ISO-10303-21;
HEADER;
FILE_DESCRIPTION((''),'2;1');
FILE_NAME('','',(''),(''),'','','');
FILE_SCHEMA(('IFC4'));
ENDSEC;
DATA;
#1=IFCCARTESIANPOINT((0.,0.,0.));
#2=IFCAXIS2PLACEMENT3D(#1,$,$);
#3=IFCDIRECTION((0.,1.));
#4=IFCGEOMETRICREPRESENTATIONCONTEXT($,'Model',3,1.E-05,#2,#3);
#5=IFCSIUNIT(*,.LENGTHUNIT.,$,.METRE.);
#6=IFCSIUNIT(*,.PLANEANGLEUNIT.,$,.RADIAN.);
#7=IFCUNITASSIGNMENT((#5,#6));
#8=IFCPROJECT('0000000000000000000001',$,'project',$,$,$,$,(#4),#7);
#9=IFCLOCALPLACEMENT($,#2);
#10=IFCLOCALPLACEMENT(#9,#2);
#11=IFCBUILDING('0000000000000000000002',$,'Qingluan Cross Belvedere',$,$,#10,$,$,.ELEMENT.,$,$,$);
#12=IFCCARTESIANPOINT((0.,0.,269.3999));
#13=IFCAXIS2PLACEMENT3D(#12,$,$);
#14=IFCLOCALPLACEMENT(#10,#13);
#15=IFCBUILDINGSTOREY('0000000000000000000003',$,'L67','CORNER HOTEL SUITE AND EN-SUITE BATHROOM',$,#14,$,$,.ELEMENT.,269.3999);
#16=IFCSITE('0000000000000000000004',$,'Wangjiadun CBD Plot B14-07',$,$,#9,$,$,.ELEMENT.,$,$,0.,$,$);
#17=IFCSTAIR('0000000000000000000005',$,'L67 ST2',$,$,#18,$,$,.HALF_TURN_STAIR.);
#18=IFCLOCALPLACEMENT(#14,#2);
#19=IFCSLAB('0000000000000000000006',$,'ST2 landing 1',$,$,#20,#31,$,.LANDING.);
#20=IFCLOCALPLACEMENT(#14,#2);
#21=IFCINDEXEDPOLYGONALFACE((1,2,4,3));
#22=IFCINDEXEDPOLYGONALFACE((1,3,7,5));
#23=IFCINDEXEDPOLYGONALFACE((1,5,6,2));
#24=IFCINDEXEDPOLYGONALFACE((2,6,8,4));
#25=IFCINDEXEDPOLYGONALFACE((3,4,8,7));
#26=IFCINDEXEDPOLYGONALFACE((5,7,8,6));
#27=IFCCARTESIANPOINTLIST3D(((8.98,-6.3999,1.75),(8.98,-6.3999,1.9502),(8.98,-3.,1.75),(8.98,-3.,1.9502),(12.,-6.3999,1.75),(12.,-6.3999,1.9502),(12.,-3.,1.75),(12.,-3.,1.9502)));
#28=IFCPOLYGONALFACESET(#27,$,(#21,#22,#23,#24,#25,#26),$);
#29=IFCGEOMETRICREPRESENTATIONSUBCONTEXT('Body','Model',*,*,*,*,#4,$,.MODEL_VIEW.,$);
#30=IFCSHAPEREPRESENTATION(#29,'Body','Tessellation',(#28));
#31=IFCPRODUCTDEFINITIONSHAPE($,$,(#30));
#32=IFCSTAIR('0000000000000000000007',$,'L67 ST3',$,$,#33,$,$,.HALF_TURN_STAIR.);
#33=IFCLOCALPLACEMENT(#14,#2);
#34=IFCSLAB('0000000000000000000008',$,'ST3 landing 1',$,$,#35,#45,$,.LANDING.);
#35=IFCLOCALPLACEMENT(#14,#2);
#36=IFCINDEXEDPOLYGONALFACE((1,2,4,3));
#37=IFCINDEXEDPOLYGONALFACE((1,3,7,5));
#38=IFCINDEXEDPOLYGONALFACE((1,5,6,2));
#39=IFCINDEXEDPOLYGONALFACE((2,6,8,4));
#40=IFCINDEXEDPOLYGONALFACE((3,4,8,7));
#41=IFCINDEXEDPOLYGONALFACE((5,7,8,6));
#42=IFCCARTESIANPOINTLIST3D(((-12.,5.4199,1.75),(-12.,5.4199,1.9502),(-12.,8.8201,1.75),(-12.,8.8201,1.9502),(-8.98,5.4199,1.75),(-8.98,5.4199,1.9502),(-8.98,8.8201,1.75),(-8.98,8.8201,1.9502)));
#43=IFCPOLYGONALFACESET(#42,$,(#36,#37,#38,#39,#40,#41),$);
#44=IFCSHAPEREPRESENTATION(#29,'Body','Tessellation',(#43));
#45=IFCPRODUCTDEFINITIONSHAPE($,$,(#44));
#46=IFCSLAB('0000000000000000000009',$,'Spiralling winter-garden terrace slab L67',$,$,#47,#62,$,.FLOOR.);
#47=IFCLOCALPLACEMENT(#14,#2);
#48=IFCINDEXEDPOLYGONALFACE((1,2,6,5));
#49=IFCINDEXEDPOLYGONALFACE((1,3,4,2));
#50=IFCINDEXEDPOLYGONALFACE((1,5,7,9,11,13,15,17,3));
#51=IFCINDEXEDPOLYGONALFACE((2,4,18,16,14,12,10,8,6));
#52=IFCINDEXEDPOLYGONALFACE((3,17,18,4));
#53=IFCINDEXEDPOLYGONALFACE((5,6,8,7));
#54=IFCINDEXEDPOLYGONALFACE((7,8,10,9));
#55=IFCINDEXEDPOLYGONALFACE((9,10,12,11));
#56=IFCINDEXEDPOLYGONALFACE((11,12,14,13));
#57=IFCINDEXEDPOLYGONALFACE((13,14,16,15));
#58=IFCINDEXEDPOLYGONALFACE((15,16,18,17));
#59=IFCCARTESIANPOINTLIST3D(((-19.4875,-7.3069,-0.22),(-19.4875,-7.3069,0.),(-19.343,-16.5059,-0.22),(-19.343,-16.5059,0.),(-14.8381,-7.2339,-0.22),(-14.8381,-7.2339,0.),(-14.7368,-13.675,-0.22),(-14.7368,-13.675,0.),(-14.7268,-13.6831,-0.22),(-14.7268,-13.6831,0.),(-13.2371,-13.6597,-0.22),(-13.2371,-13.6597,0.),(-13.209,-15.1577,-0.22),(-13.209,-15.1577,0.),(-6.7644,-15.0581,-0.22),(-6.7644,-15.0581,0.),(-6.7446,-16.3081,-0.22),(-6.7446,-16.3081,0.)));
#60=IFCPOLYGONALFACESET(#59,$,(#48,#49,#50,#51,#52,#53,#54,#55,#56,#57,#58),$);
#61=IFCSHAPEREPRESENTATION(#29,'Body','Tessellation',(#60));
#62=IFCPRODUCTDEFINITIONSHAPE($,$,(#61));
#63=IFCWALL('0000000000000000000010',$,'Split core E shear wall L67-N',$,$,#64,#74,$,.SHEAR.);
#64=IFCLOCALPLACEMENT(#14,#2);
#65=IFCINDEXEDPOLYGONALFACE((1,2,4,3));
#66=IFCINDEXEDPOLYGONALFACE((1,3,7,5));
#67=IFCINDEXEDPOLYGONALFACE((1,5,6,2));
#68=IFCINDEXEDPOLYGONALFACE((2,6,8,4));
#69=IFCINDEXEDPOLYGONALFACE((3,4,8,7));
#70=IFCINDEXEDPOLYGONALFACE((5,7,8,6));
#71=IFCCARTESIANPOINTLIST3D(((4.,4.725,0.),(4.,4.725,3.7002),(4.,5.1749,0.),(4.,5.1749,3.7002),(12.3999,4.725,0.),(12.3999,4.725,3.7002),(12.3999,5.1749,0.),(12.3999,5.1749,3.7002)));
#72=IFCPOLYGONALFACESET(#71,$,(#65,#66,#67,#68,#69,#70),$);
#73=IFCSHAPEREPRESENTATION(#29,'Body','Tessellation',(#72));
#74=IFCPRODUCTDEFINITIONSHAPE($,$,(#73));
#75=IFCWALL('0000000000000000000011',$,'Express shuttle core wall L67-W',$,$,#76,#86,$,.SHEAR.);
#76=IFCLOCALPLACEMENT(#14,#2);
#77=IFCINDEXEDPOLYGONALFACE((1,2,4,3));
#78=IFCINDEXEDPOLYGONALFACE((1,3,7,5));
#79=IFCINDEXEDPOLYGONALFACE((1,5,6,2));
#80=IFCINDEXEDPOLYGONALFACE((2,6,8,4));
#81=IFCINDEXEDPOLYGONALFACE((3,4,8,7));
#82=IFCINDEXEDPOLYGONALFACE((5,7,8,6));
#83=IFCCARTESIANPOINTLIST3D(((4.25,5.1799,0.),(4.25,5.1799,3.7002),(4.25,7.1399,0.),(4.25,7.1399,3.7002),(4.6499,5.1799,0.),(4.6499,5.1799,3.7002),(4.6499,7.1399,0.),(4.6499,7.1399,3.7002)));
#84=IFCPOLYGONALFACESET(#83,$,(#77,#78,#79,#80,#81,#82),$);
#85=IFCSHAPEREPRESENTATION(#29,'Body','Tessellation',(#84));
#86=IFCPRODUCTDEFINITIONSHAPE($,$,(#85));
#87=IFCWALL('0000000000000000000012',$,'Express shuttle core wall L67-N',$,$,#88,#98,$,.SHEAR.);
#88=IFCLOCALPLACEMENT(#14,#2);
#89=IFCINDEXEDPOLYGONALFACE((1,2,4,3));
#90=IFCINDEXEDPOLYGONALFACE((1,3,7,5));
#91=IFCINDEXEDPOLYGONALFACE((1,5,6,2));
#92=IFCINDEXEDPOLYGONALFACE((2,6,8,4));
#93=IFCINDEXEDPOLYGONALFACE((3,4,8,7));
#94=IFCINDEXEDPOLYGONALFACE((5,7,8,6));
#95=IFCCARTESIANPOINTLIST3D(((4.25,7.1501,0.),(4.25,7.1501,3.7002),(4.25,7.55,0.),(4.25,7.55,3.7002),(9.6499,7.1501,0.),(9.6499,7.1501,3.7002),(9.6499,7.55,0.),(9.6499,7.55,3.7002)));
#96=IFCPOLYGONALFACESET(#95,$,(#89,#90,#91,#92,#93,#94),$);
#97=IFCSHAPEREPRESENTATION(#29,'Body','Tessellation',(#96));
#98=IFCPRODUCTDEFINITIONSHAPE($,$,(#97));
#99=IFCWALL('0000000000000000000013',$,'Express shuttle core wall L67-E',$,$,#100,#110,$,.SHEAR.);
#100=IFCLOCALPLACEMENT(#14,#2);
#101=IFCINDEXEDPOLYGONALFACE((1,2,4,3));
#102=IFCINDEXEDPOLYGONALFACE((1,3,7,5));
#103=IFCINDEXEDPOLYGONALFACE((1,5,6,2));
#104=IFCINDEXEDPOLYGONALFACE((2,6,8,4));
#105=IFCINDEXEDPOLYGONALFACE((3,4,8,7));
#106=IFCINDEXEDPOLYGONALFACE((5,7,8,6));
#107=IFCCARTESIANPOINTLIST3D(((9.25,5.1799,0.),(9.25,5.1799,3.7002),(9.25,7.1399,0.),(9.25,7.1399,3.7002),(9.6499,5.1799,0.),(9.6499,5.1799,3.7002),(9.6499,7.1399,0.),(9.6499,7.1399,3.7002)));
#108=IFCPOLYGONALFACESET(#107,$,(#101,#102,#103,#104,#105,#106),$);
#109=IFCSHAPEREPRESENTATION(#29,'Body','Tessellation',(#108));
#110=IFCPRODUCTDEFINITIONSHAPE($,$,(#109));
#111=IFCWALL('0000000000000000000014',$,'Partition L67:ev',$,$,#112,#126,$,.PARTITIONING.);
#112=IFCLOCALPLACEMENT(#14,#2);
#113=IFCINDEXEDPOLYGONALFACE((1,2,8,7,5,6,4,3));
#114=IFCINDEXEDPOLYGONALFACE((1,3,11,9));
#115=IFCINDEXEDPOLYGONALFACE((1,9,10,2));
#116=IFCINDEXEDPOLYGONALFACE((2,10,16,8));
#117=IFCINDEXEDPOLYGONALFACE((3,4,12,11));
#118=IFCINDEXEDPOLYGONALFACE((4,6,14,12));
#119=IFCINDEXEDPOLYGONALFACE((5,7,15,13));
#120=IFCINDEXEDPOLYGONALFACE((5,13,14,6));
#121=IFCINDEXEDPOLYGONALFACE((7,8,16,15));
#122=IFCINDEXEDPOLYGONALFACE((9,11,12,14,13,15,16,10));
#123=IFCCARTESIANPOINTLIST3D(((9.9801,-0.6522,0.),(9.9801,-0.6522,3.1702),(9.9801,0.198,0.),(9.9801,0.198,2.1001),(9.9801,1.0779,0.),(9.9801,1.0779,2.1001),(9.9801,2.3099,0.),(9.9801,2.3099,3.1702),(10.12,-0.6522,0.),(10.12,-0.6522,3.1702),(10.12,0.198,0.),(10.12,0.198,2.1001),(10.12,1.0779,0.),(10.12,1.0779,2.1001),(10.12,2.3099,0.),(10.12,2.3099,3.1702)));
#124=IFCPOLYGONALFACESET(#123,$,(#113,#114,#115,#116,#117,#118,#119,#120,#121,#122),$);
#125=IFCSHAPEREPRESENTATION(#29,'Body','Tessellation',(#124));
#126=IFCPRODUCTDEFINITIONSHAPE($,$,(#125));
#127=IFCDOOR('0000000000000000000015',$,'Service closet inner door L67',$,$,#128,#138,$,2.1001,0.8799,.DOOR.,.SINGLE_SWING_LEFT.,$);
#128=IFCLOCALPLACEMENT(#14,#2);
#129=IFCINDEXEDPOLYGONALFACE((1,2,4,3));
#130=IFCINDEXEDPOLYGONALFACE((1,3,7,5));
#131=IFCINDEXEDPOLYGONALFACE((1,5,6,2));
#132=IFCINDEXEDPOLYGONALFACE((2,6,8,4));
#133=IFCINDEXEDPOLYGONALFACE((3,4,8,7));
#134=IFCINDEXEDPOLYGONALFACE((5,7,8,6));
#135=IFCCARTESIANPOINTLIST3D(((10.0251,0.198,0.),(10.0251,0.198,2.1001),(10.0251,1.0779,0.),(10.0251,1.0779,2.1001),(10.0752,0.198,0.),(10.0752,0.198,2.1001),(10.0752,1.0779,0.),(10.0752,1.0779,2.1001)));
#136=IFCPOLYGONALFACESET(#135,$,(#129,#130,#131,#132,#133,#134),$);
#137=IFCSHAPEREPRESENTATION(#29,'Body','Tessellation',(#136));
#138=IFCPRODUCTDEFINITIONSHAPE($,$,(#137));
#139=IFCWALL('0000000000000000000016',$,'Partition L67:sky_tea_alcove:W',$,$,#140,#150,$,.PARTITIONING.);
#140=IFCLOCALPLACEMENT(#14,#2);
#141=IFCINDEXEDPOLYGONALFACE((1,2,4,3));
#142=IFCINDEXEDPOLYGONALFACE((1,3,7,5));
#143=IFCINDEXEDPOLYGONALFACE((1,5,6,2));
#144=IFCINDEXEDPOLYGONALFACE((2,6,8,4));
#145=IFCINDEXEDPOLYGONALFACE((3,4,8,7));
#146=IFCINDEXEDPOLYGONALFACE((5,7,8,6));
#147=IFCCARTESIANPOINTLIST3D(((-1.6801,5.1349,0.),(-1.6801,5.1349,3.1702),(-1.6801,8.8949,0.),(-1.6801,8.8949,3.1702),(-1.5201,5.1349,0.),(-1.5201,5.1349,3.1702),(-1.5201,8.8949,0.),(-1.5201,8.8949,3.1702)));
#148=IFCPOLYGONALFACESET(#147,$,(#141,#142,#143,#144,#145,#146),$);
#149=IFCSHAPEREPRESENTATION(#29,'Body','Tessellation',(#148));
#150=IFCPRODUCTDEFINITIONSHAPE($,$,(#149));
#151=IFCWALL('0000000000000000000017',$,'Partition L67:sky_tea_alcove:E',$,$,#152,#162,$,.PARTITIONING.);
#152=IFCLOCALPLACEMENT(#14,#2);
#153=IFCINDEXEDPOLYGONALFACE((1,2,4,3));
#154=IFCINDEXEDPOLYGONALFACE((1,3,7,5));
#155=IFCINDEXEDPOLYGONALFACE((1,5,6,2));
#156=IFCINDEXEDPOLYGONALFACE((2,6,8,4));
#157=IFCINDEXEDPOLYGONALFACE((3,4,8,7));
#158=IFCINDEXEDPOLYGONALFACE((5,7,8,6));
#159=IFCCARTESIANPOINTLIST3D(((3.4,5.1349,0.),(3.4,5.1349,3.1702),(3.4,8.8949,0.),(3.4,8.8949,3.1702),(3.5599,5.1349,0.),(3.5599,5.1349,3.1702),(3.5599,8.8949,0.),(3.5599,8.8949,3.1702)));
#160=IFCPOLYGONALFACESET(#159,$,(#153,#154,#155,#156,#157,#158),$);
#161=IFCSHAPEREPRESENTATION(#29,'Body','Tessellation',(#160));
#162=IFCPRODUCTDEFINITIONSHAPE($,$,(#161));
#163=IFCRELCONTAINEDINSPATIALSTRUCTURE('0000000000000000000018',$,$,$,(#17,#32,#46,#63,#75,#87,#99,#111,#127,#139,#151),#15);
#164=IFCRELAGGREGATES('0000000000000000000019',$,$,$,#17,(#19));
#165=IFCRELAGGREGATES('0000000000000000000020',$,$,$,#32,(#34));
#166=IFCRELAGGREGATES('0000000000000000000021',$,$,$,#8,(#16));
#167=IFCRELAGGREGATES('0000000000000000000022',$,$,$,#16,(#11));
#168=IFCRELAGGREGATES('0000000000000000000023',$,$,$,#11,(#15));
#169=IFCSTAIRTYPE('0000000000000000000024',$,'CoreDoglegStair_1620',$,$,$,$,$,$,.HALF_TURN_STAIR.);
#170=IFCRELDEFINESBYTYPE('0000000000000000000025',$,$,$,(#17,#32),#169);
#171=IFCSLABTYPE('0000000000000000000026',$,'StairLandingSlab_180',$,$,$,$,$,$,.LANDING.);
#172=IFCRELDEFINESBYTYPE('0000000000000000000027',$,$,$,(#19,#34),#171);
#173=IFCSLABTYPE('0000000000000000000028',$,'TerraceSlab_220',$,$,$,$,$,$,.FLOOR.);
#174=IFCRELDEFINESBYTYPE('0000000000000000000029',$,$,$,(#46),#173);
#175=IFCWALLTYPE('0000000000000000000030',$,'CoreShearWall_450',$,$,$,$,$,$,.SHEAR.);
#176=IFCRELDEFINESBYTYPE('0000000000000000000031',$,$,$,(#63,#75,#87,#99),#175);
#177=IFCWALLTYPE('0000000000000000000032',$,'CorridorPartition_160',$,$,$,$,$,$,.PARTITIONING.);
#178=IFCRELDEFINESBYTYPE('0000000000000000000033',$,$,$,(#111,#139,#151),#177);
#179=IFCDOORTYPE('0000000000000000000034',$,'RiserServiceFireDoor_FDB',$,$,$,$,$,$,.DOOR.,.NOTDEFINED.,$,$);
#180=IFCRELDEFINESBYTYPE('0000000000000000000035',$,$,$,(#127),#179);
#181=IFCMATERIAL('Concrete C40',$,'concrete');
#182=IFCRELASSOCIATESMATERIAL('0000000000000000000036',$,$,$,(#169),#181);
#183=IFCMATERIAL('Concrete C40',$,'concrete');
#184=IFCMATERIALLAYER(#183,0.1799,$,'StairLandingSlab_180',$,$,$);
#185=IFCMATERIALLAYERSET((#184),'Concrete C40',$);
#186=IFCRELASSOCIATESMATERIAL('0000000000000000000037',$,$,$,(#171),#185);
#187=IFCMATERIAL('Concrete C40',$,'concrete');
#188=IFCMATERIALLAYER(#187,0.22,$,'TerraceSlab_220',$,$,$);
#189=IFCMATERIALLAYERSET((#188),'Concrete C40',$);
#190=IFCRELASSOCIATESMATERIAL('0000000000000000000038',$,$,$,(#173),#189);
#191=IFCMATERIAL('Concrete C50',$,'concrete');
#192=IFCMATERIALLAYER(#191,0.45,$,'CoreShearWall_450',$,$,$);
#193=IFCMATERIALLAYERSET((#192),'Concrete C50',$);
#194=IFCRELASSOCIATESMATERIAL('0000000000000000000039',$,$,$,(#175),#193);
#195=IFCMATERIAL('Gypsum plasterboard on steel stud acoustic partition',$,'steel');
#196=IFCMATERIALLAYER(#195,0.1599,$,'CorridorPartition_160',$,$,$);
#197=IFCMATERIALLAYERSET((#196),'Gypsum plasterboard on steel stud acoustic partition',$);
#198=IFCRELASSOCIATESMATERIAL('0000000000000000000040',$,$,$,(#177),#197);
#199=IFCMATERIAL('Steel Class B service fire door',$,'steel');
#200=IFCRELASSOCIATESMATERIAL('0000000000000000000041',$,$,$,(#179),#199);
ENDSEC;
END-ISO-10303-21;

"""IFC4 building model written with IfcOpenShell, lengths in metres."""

from ifc_helpers import new_model, si_unit, direction, frame, frame_2d, origin, place, context, subcontext, project, spatial, polyline, rectangle, outline, extrude, material, layer, layer_set, type_object, element, fill, aggregate, save


model = new_model("IFC4")

# Units and contexts
model_context = context("Model", 3, precision=1e-05, world=origin(), true_north=direction((0.0, 1.0)))
body_context = subcontext(model_context, "Body", "Model", "MODEL_VIEW")
ifc_project = project(units=[si_unit("LENGTHUNIT", "METRE"), si_unit("PLANEANGLEUNIT", "RADIAN")], contexts=[model_context])

# Site, building, storey
site_placement = place(None, origin())
site = spatial("IfcSite", under=ifc_project, at=site_placement, Name="Wangjiadun CBD Plot B14-07", CompositionType="ELEMENT", RefElevation=0.0)
building_placement = place(site_placement, origin())
building = spatial("IfcBuilding", under=site, at=building_placement, Name="Qingluan Cross Belvedere", CompositionType="ELEMENT")
storey_placement = place(building_placement, frame((0.0, 0.0, 269.3999)))
storey = spatial("IfcBuildingStorey", under=building, at=storey_placement, Name="L67", Description="CORNER HOTEL SUITE AND EN-SUITE BATHROOM", CompositionType="ELEMENT", Elevation=269.3999)

# Stairs, slabs
ifc_material_1 = material(Name="Concrete C40", Category="concrete")
stair_type = type_object("IfcStairType", Name="CoreDoglegStair_1620", PredefinedType="HALF_TURN_STAIR", material=ifc_material_1)
ifc_material_2 = material(Name="Concrete C40", Category="concrete")
ifc_layer_1 = layer(ifc_material_2, 0.1799, Name="StairLandingSlab_180")
ifc_layer_set_1 = layer_set([ifc_layer_1], Name="Concrete C40")
slab_type_1 = type_object("IfcSlabType", Name="StairLandingSlab_180", PredefinedType="LANDING", material=ifc_layer_set_1)
stair_1_placement = place(storey_placement, origin())
stair_1 = element("IfcStair", 1, at=stair_1_placement, inside=storey, type_object=stair_type, Name="L67 ST2", PredefinedType="HALF_TURN_STAIR")
slab_1_placement = place(storey_placement, frame((0.0, 0.0, 1.75)))
slab_1 = element("IfcSlab", 2, at=slab_1_placement, type_object=slab_type_1, Name="ST2 landing 1", PredefinedType="LANDING", context=body_context, shape_type="SweptSolid", body=[
    extrude(outline(polyline([(8.98, -6.3999), (12.0, -6.3999), (12.0, -3.0), (8.98, -3.0), (8.98, -6.3999)])), origin(), (0.0, 0.0, 1.0), 0.2002),
])
aggregate(stair_1, [slab_1])
stair_2_placement = place(storey_placement, origin())
stair_2 = element("IfcStair", 3, at=stair_2_placement, inside=storey, type_object=stair_type, Name="L67 ST3", PredefinedType="HALF_TURN_STAIR")
slab_2_placement = place(storey_placement, frame((0.0, 0.0, 1.75)))
slab_2 = element("IfcSlab", 4, at=slab_2_placement, type_object=slab_type_1, Name="ST3 landing 1", PredefinedType="LANDING", context=body_context, shape_type="SweptSolid", body=[
    extrude(outline(polyline([(-8.98, 8.8201), (-12.0, 8.8201), (-12.0, 5.4199), (-8.98, 5.4199), (-8.98, 8.8201)])), origin(), (0.0, 0.0, 1.0), 0.2002),
])
aggregate(stair_2, [slab_2])

# Slab
ifc_material_3 = material(Name="Concrete C40", Category="concrete")
ifc_layer_2 = layer(ifc_material_3, 0.22, Name="TerraceSlab_220")
ifc_layer_set_2 = layer_set([ifc_layer_2], Name="Concrete C40")
slab_type_2 = type_object("IfcSlabType", Name="TerraceSlab_220", PredefinedType="FLOOR", material=ifc_layer_set_2)
slab_3_placement = place(storey_placement, frame((0.0, 0.0, -0.22)))
element("IfcSlab", 5, at=slab_3_placement, inside=storey, type_object=slab_type_2, Name="Spiralling winter-garden terrace slab L67", PredefinedType="FLOOR", context=body_context, shape_type="SweptSolid", body=[
    extrude(outline(polyline([(-6.7644, -15.0581), (-13.209, -15.1577), (-13.2371, -13.6597), (-14.7268, -13.6831), (-14.7368, -13.675), (-14.8381, -7.2339), (-19.4875, -7.3069), (-19.343, -16.5059), (-6.7446, -16.3081), (-6.7644, -15.0581)])), origin(), (0.0, 0.0, 1.0), 0.22),
])

# Walls
ifc_material_4 = material(Name="Concrete C50", Category="concrete")
ifc_layer_3 = layer(ifc_material_4, 0.45, Name="CoreShearWall_450")
ifc_layer_set_3 = layer_set([ifc_layer_3], Name="Concrete C50")
wall_type_1 = type_object("IfcWallType", Name="CoreShearWall_450", PredefinedType="SHEAR", material=ifc_layer_set_3)
wall_1_placement = place(storey_placement, frame((4.0, 4.95, 0.0), z_axis=(0.0, 0.0, 1.0), x_axis=(1.0, 0.0, 0.0)))
element("IfcWall", 6, at=wall_1_placement, inside=storey, type_object=wall_type_1, Name="Split core E shear wall L67-N", PredefinedType="SHEAR", context=body_context, shape_type="SweptSolid", body=[
    extrude(rectangle(XDim=8.3999, YDim=0.45, at=frame_2d((4.2, 0.0))), origin(), (0.0, 0.0, 1.0), 3.7002),
])
wall_2_placement = place(storey_placement, frame((4.45, 5.1799, 0.0), z_axis=(0.0, 0.0, 1.0), x_axis=(0.0, 1.0, 0.0)))
element("IfcWall", 7, at=wall_2_placement, inside=storey, type_object=wall_type_1, Name="Express shuttle core wall L67-W", PredefinedType="SHEAR", context=body_context, shape_type="SweptSolid", body=[
    extrude(rectangle(XDim=1.96, YDim=0.3999, at=frame_2d((0.98, 0.0))), origin(), (0.0, 0.0, 1.0), 3.7002),
])
wall_3_placement = place(storey_placement, frame((4.25, 7.3501, 0.0), z_axis=(0.0, 0.0, 1.0), x_axis=(1.0, 0.0, 0.0)))
element("IfcWall", 8, at=wall_3_placement, inside=storey, type_object=wall_type_1, Name="Express shuttle core wall L67-N", PredefinedType="SHEAR", context=body_context, shape_type="SweptSolid", body=[
    extrude(rectangle(XDim=5.3999, YDim=0.3999, at=frame_2d((2.7, 0.0))), origin(), (0.0, 0.0, 1.0), 3.7002),
])
wall_4_placement = place(storey_placement, frame((9.45, 5.1799, 0.0), z_axis=(0.0, 0.0, 1.0), x_axis=(0.0, 1.0, 0.0)))
element("IfcWall", 9, at=wall_4_placement, inside=storey, type_object=wall_type_1, Name="Express shuttle core wall L67-E", PredefinedType="SHEAR", context=body_context, shape_type="SweptSolid", body=[
    extrude(rectangle(XDim=1.96, YDim=0.3999, at=frame_2d((0.98, 0.0))), origin(), (0.0, 0.0, 1.0), 3.7002),
])

# Wall, opening, door
ifc_material_5 = material(Name="Gypsum plasterboard on steel stud acoustic partition", Category="steel")
ifc_layer_4 = layer(ifc_material_5, 0.1599, Name="CorridorPartition_160")
ifc_layer_set_4 = layer_set([ifc_layer_4], Name="Gypsum plasterboard on steel stud acoustic partition")
wall_type_2 = type_object("IfcWallType", Name="CorridorPartition_160", PredefinedType="PARTITIONING", material=ifc_layer_set_4)
wall_5_placement = place(storey_placement, frame((10.05, -0.6521, 0.0), z_axis=(0.0, 0.0, 1.0), x_axis=(0.0, 1.0, 0.0)))
wall_5 = element("IfcWall", 10, at=wall_5_placement, inside=storey, type_object=wall_type_2, Name="Partition L67:ev", PredefinedType="PARTITIONING", context=body_context, shape_type="SweptSolid", body=[
    extrude(rectangle(XDim=2.9622, YDim=0.1399, at=frame_2d((1.481, 0.0))), origin(), (0.0, 0.0, 1.0), 3.1702),
])
opening_1_placement = place(wall_5_placement, frame((0.8501, 0.0, 0.0)))
opening_1 = element("IfcOpeningElement", 11, at=opening_1_placement, cuts=wall_5, PredefinedType="OPENING", context=body_context, shape_type="SweptSolid", body=[
    extrude(rectangle(XDim=0.8799, YDim=2.1001, at=frame_2d((0.4399, 1.05))), frame((0.0, 0.0798, 0.0), z_axis=(0.0, -1.0, 0.0), x_axis=(1.0, 0.0, 0.0)), (0.0, 0.0, 1.0), 0.1599),
])
ifc_material_6 = material(Name="Steel Class B service fire door", Category="steel")
door_type_1 = type_object("IfcDoorType", Name="RiserServiceFireDoor_FDB", OperationType="NOTDEFINED", PredefinedType="DOOR", material=ifc_material_6)
door_1_placement = place(opening_1_placement, origin())
door_1 = element("IfcDoor", 12, at=door_1_placement, inside=storey, type_object=door_type_1, Name="Service closet inner door L67", OperationType="SINGLE_SWING_LEFT", OverallHeight=2.1001, OverallWidth=0.8799, PredefinedType="DOOR", context=body_context, shape_type="SweptSolid", body=[
    extrude(rectangle(XDim=0.8799, YDim=2.1001, at=frame_2d((0.4399, 1.05))), frame((0.0, 0.0249, 0.0), z_axis=(0.0, -1.0, 0.0), x_axis=(1.0, 0.0, 0.0)), (0.0, 0.0, 1.0), 0.05),
])
fill(opening_1, door_1)

# Walls
for number, where, z_axis, x_axis, name in (
    (13, (-1.6001, 5.135, 0.0), (0.0, 0.0, 1.0), (0.0, 1.0, 0.0), "Partition L67:sky_tea_alcove:W"),
    (14, (3.48, 5.135, 0.0), (0.0, 0.0, 1.0), (0.0, 1.0, 0.0), "Partition L67:sky_tea_alcove:E"),
):
    element("IfcWall", number, at=place(storey_placement, frame(where, z_axis=z_axis, x_axis=x_axis)), inside=storey, type_object=wall_type_2, Name=name, PredefinedType="PARTITIONING", context=body_context, shape_type="SweptSolid", body=[
        extrude(rectangle(XDim=3.76, YDim=0.1599, at=frame_2d((1.8799, 0.0))), origin(), (0.0, 0.0, 1.0), 3.1702),
    ])

save(model, "model.ifc")
